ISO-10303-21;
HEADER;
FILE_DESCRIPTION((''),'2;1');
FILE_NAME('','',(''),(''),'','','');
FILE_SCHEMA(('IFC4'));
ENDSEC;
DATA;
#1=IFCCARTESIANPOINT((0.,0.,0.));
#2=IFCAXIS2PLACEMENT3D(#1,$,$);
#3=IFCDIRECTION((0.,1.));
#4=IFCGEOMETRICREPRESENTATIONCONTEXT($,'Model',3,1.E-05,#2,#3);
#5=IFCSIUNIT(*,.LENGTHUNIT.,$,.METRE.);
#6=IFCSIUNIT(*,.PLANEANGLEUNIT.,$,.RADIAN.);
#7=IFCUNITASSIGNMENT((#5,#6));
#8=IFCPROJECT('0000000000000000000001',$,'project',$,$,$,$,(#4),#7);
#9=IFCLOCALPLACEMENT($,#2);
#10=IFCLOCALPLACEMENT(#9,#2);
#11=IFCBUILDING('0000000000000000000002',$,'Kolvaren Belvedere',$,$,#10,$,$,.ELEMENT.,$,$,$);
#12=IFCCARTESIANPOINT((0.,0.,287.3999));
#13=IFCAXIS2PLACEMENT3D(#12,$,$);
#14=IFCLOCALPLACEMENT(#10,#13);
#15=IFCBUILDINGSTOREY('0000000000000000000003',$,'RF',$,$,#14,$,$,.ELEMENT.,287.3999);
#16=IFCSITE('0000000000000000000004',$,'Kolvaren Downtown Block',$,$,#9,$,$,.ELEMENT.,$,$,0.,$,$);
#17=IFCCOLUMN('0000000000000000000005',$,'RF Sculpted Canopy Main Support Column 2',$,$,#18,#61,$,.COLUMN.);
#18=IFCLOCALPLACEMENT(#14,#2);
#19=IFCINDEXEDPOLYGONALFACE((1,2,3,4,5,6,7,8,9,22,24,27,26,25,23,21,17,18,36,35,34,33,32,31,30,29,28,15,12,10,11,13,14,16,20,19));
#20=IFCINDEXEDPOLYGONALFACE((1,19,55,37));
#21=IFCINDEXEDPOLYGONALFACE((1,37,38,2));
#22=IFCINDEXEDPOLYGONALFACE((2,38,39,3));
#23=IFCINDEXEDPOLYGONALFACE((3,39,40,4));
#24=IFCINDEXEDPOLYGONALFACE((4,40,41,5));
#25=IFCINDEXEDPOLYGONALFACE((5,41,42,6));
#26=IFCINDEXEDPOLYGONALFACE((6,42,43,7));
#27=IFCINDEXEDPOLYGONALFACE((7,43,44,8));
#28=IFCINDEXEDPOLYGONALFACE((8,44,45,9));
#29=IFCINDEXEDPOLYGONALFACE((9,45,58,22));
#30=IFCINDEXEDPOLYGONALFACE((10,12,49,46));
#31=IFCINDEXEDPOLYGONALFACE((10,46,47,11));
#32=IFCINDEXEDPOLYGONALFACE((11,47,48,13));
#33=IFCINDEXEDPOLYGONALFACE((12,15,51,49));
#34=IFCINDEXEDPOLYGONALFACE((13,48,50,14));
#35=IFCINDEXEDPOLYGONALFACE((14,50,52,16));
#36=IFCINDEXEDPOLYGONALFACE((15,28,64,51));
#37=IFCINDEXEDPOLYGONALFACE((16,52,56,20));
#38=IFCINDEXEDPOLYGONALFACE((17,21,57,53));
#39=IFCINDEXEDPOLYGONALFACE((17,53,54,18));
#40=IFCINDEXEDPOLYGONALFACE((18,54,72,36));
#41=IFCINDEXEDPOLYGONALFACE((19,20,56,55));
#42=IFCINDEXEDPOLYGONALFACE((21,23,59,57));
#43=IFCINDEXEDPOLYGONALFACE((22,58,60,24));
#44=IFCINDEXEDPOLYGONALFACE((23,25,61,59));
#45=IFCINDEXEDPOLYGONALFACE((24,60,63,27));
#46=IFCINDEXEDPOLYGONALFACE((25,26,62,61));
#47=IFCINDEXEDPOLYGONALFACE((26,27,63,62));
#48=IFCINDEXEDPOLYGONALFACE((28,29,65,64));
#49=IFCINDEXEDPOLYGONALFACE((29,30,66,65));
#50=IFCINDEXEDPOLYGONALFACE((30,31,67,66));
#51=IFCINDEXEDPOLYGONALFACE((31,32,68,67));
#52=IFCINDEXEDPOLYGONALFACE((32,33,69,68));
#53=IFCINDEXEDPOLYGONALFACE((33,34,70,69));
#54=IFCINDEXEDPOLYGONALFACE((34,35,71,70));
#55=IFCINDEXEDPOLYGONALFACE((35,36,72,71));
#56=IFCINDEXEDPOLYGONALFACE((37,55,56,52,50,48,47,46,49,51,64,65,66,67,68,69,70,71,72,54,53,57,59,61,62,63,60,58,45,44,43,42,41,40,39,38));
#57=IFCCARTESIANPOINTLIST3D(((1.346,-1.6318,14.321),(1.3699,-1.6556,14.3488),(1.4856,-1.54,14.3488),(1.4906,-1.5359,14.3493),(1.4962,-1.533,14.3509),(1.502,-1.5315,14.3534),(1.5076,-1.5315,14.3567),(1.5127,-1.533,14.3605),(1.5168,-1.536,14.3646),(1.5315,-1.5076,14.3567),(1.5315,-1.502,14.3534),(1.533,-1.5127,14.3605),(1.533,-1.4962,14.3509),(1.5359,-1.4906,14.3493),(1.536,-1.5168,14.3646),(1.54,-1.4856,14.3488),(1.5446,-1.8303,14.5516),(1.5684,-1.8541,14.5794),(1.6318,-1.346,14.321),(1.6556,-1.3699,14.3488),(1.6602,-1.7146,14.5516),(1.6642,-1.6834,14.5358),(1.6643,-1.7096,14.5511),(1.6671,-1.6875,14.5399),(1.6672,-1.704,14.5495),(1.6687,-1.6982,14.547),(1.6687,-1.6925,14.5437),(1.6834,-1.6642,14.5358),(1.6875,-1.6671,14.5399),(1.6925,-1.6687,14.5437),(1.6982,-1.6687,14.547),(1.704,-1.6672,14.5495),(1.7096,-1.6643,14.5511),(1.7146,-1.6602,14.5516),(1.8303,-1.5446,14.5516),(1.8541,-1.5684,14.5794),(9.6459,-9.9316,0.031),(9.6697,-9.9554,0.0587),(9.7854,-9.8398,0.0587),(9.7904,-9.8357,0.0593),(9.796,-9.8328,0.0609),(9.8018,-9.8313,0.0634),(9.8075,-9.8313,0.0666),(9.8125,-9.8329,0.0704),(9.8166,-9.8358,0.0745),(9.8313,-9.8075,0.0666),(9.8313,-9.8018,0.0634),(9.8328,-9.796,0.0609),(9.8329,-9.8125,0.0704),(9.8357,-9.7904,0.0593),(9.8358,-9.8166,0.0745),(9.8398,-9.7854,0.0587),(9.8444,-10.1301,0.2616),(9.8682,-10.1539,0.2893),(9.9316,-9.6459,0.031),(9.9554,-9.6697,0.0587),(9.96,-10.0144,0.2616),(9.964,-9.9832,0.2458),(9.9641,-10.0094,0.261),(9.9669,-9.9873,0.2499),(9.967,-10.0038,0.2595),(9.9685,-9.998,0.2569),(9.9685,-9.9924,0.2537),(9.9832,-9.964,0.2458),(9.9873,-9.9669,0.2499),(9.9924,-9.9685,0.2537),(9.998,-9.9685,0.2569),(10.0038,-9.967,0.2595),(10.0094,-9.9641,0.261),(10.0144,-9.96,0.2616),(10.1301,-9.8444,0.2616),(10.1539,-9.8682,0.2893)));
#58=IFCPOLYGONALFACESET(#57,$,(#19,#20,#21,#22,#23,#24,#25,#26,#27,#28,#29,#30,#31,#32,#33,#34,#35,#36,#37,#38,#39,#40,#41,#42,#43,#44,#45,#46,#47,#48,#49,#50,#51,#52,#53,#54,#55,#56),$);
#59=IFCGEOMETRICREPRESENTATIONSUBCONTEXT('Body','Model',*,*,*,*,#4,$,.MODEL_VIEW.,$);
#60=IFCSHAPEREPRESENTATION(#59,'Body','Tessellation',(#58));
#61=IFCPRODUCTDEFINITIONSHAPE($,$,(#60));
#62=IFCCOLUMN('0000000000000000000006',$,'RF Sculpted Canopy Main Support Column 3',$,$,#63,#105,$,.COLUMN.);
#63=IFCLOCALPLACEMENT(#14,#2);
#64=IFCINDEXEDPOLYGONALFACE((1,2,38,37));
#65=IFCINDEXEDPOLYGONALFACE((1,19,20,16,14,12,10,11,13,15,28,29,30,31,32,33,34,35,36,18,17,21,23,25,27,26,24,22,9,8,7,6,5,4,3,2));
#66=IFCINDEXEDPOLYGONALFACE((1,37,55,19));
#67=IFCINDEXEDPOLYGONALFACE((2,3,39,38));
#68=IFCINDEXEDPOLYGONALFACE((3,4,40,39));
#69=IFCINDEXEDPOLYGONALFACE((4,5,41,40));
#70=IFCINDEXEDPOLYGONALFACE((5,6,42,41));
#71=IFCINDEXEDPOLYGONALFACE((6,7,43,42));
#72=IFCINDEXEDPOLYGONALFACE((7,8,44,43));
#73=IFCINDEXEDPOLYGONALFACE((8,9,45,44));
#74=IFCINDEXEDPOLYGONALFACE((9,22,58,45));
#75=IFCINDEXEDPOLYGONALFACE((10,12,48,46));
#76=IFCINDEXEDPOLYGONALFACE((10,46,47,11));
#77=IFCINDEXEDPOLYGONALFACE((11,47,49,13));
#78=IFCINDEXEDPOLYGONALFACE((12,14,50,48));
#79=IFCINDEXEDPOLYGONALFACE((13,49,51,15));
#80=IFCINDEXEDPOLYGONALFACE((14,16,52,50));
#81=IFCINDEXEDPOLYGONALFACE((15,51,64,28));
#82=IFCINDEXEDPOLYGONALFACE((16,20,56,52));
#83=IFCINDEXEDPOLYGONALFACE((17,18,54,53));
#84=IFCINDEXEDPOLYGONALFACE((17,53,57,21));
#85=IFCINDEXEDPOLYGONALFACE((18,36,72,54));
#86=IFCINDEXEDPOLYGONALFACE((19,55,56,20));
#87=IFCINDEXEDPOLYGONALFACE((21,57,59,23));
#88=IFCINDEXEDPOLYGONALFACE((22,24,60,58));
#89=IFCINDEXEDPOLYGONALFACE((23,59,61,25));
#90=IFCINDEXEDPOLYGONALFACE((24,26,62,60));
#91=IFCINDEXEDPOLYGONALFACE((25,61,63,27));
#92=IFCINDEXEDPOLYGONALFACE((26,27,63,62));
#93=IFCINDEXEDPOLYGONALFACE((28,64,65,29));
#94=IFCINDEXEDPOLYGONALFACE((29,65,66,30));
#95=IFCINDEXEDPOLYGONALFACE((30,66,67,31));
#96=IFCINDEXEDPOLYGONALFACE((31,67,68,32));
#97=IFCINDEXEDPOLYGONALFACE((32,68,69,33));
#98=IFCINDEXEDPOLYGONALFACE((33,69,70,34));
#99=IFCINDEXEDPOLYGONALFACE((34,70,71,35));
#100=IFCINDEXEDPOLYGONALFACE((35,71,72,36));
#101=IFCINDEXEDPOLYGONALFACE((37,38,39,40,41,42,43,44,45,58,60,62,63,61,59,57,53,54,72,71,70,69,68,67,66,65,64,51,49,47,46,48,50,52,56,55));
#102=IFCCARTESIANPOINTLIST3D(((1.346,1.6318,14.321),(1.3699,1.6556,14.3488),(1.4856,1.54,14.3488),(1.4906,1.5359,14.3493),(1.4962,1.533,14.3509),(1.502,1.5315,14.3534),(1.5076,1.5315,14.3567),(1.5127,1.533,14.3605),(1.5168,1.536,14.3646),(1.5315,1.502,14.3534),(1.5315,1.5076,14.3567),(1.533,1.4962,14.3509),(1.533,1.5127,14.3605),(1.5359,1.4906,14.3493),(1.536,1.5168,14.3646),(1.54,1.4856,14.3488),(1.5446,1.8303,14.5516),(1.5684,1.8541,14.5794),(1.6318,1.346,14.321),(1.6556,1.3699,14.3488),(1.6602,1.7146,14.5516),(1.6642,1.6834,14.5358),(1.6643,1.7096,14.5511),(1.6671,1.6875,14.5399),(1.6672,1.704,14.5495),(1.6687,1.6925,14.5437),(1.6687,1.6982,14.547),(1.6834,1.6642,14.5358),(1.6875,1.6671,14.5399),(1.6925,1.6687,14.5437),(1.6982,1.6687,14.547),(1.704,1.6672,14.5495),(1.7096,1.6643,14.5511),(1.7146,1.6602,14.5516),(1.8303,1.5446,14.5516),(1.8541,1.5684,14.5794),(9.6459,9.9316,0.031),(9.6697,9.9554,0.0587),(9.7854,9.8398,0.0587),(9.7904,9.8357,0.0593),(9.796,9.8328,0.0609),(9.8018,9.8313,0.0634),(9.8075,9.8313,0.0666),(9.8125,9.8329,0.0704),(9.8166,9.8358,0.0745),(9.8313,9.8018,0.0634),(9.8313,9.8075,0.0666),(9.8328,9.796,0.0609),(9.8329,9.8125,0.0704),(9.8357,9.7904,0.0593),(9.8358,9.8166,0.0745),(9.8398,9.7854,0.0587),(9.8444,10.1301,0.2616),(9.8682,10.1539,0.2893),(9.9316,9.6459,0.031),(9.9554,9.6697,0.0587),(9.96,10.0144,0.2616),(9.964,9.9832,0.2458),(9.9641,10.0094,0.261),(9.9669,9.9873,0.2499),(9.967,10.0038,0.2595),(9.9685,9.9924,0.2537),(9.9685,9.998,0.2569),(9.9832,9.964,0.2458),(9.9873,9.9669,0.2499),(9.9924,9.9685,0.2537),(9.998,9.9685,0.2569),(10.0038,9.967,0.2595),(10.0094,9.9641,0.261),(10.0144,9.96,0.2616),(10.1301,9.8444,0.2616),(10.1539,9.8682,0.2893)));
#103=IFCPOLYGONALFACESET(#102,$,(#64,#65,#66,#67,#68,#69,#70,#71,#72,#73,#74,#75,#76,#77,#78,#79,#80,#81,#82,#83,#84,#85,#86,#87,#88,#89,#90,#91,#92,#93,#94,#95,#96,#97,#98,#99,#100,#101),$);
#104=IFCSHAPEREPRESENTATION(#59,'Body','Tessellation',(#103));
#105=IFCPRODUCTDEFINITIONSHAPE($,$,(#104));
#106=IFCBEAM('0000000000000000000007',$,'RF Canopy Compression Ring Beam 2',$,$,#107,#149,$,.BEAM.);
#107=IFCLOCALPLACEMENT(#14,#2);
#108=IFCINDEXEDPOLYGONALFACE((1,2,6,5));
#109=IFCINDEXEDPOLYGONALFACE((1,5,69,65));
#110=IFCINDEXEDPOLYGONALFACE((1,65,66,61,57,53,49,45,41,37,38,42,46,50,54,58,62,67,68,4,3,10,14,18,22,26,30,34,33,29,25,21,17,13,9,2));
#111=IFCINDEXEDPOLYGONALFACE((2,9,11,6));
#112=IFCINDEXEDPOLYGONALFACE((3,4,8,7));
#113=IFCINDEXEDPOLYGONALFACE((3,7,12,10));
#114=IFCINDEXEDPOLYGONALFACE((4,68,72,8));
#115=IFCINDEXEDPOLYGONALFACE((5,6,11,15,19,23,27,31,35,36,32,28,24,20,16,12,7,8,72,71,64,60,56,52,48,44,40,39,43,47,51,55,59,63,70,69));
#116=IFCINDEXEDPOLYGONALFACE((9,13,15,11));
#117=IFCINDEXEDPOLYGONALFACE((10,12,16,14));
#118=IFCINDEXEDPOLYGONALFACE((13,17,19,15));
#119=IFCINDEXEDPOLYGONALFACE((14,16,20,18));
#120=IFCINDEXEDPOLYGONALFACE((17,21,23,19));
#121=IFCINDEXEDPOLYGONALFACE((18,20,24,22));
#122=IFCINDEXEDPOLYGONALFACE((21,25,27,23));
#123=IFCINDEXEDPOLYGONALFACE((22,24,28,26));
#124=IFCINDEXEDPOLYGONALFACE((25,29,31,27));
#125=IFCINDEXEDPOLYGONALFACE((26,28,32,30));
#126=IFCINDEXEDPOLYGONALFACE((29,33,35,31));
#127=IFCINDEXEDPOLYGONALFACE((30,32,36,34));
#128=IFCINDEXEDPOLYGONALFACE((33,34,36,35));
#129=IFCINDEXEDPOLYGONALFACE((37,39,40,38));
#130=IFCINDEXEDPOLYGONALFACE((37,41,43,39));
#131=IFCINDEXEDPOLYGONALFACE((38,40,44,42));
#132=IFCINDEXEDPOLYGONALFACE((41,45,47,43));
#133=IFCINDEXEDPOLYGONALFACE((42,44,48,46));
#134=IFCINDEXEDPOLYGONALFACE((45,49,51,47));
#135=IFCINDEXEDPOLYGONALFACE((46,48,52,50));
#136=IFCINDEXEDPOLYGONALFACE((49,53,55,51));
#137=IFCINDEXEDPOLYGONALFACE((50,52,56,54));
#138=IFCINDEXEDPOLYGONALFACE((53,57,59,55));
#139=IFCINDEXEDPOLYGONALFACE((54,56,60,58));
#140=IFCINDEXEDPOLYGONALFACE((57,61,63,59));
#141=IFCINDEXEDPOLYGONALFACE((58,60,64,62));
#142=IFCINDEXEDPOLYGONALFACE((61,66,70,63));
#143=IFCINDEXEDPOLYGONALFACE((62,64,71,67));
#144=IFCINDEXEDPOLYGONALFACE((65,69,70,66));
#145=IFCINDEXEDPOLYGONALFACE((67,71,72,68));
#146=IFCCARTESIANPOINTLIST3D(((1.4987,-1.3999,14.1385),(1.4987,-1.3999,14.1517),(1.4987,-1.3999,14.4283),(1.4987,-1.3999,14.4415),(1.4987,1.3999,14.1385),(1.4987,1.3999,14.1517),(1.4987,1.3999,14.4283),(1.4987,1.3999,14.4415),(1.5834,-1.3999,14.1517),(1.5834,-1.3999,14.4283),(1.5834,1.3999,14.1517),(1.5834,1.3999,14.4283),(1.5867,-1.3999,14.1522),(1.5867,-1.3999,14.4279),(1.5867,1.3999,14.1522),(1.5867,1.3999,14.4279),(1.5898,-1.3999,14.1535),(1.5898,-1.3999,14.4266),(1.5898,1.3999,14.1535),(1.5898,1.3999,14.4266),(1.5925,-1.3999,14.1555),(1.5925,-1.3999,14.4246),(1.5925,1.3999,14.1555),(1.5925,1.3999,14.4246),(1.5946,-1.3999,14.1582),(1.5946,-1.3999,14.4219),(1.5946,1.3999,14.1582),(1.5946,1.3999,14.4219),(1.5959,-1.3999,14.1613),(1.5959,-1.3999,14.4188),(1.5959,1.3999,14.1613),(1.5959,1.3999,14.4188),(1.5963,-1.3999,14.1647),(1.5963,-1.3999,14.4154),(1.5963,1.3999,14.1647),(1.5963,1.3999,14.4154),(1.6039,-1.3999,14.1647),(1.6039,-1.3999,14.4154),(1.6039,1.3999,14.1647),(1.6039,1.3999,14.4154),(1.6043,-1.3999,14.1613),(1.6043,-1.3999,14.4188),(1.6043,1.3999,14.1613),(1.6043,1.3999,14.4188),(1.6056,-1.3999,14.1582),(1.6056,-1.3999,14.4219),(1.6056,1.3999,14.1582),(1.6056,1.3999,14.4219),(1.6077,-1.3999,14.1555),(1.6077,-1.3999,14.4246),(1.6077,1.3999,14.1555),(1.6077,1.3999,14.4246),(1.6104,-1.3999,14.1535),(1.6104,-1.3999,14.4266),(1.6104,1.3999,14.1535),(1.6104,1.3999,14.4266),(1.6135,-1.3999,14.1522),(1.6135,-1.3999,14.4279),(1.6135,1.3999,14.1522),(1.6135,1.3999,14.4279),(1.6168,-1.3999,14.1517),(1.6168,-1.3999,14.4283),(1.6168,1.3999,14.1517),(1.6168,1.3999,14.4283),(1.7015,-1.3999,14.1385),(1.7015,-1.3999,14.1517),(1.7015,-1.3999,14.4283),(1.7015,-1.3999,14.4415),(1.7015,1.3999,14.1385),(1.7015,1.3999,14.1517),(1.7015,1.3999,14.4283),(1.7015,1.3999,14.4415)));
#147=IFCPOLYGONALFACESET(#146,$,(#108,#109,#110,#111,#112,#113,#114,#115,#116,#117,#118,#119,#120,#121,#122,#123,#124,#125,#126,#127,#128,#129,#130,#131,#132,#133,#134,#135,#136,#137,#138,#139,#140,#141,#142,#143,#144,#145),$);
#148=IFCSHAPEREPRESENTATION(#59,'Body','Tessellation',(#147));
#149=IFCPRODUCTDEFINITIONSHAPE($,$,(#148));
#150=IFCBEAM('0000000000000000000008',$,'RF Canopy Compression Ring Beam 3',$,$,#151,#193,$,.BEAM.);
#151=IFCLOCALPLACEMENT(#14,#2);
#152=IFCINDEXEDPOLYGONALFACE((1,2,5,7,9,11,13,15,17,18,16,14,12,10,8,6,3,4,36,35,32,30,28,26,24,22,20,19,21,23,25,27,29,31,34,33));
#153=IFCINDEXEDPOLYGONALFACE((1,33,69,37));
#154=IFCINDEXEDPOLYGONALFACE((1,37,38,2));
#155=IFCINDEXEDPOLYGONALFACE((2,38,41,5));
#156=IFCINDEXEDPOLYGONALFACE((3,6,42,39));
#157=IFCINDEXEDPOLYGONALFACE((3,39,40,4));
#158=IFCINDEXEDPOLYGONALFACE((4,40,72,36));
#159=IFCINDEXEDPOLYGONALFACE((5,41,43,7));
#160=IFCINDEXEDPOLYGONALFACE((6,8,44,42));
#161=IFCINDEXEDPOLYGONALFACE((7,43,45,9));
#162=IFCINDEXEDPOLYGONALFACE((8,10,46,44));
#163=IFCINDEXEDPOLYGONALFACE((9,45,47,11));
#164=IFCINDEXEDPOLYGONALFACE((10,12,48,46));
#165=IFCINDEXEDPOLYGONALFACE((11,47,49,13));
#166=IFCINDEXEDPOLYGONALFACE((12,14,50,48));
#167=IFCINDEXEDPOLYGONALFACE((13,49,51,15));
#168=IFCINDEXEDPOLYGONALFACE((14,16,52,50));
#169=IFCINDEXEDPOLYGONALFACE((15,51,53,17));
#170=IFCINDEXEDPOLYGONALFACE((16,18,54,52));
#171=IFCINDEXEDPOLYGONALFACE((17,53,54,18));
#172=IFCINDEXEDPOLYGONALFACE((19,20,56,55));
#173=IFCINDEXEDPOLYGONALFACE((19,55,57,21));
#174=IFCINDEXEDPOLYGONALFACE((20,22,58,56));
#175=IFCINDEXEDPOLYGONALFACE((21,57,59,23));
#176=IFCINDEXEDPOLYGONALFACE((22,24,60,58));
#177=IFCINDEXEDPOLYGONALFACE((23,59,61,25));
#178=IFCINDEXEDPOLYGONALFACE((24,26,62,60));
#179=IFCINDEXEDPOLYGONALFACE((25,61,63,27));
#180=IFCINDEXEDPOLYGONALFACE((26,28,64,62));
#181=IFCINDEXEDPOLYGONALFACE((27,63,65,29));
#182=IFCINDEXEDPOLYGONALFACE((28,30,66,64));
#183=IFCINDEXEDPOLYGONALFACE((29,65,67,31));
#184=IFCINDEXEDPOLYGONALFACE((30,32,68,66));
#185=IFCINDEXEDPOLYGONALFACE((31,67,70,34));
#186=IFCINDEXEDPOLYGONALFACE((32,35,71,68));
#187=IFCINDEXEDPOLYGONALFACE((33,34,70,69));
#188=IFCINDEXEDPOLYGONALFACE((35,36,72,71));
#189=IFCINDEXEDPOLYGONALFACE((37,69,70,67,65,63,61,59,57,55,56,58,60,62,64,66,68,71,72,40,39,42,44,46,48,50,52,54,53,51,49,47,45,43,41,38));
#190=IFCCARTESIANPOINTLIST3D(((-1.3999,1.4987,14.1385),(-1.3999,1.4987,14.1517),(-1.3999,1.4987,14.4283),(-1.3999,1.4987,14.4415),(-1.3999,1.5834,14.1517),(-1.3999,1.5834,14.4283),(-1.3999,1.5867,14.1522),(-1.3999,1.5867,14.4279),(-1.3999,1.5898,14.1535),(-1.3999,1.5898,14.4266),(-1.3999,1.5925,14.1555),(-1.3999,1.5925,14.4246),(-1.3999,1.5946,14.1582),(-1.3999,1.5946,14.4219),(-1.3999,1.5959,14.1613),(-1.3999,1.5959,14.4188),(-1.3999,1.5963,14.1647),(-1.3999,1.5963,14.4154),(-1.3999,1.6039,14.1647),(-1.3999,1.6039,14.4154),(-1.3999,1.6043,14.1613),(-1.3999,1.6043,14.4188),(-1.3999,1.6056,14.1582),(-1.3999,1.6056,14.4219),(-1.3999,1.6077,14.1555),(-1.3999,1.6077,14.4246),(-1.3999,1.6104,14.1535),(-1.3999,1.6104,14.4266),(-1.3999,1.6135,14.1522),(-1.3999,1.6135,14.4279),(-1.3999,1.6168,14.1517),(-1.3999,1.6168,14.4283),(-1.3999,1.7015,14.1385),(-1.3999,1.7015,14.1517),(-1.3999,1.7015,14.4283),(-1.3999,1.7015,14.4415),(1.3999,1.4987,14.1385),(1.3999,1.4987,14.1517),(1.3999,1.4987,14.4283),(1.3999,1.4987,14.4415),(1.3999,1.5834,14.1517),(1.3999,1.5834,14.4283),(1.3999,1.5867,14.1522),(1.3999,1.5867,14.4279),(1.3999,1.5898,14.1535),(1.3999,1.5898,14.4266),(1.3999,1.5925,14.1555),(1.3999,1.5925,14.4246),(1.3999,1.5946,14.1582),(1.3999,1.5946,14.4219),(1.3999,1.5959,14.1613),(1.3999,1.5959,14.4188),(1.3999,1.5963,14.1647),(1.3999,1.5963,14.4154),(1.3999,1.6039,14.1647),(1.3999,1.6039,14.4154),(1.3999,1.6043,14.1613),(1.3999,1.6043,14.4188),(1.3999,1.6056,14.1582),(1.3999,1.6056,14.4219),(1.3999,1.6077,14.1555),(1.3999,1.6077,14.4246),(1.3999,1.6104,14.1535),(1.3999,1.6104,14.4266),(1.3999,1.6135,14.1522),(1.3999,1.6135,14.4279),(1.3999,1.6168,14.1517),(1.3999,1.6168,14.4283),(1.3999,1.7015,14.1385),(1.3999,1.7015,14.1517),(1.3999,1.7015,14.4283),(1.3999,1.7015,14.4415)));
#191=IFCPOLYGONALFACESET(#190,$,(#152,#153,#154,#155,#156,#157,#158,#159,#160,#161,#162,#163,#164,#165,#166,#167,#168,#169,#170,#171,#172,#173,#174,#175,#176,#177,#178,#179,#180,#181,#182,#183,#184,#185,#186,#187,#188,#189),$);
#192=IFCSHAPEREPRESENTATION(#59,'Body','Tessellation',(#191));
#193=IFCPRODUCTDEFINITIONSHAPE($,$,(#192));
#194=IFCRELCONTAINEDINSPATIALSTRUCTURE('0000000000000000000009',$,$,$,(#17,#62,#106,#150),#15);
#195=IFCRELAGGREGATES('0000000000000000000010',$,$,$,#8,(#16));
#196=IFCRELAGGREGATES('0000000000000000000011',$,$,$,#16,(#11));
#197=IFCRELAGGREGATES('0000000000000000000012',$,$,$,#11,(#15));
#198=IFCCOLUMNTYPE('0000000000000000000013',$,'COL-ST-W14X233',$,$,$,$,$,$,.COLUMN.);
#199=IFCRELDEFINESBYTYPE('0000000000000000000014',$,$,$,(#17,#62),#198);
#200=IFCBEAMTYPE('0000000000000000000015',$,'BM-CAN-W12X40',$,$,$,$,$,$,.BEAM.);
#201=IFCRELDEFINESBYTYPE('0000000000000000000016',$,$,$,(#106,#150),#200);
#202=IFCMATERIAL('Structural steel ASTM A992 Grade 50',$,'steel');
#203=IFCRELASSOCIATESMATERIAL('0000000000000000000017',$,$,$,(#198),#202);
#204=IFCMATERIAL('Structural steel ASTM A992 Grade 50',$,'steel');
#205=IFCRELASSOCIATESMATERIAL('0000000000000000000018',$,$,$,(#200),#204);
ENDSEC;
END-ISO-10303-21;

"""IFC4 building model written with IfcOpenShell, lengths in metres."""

from ifc_helpers import new_model, si_unit, direction, frame, origin, origin_2d, place, context, subcontext, project, spatial, i_section, extrude, material, material_profile, profile_set, type_object, element, save


model = new_model("IFC4")

# Units and contexts
model_context = context("Model", 3, precision=1e-05, world=origin(), true_north=direction((0.0, 1.0)))
body_context = subcontext(model_context, "Body", "Model", "MODEL_VIEW")
ifc_project = project(units=[si_unit("LENGTHUNIT", "METRE"), si_unit("PLANEANGLEUNIT", "RADIAN")], contexts=[model_context])

# Site, building, storey
site_placement = place(None, origin())
site = spatial("IfcSite", under=ifc_project, at=site_placement, Name="Kolvaren Downtown Block", CompositionType="ELEMENT", RefElevation=0.0)
building_placement = place(site_placement, origin())
building = spatial("IfcBuilding", under=site, at=building_placement, Name="Kolvaren Belvedere", CompositionType="ELEMENT")
storey_placement = place(building_placement, frame((0.0, 0.0, 287.3999)))
storey = spatial("IfcBuildingStorey", under=building, at=storey_placement, Name="RF", CompositionType="ELEMENT", Elevation=287.3999)

# Columns
ifc_material_1 = material(Name="Structural steel ASTM A992 Grade 50", Category="steel")
ifc_material_profile_1 = material_profile(ifc_material_1, i_section(OverallWidth=0.4041, OverallDepth=0.407, WebThickness=0.0271, FlangeThickness=0.0437, FilletRadius=0.0249, at=origin_2d()), Name="W14X233")
ifc_profile_set_1 = profile_set([ifc_material_profile_1], Name="Structural steel ASTM A992 Grade 50")
column_type_1 = type_object("IfcColumnType", Name="COL-ST-W14X233", PredefinedType="COLUMN", material=ifc_profile_set_1)
for number, where, z_axis, x_axis, name in (
    (1, (9.8999, -9.8999, 0.1602), (-0.448816, 0.448816, 0.772741), (-0.707107, -0.707107, 0.0), "RF Sculpted Canopy Main Support Column 2"),
    (2, (9.8999, 9.8999, 0.1602), (-0.448816, -0.448816, 0.772741), (0.707107, -0.707107, 0.0), "RF Sculpted Canopy Main Support Column 3"),
):
    element("IfcColumn", number, at=place(storey_placement, frame(where, z_axis=z_axis, x_axis=x_axis)), inside=storey, type_object=column_type_1, Name=name, PredefinedType="COLUMN", context=body_context, shape_type="SweptSolid", body=[
        extrude(i_section(OverallWidth=0.4041, OverallDepth=0.407, WebThickness=0.0271, FlangeThickness=0.0437, FilletRadius=0.0249, at=origin_2d()), origin(), (0.0, 0.0, 1.0), 18.4927),
    ])

# Beams
ifc_material_2 = material(Name="Structural steel ASTM A992 Grade 50", Category="steel")
ifc_material_profile_2 = material_profile(ifc_material_2, i_section(OverallWidth=0.2029, OverallDepth=0.303, WebThickness=0.0076, FlangeThickness=0.0132, FilletRadius=0.0129, at=origin_2d()), Name="W12X40")
ifc_profile_set_2 = profile_set([ifc_material_profile_2], Name="Structural steel ASTM A992 Grade 50")
beam_type_1 = type_object("IfcBeamType", Name="BM-CAN-W12X40", PredefinedType="BEAM", material=ifc_profile_set_2)
for number, where, z_axis, x_axis, name in (
    (3, (1.6001, -1.3999, 14.29), (0.0, 1.0, 0.0), (-1.0, 0.0, 0.0), "RF Canopy Compression Ring Beam 2"),
    (4, (1.3999, 1.6001, 14.29), (-1.0, 0.0, 0.0), (0.0, -1.0, 0.0), "RF Canopy Compression Ring Beam 3"),
):
    element("IfcBeam", number, at=place(storey_placement, frame(where, z_axis=z_axis, x_axis=x_axis)), inside=storey, type_object=beam_type_1, Name=name, PredefinedType="BEAM", context=body_context, shape_type="SweptSolid", body=[
        extrude(i_section(OverallWidth=0.2029, OverallDepth=0.303, WebThickness=0.0076, FlangeThickness=0.0132, FilletRadius=0.0129, at=origin_2d()), origin(), (0.0, 0.0, 1.0), 2.7998),
    ])

save(model, "model.ifc")
